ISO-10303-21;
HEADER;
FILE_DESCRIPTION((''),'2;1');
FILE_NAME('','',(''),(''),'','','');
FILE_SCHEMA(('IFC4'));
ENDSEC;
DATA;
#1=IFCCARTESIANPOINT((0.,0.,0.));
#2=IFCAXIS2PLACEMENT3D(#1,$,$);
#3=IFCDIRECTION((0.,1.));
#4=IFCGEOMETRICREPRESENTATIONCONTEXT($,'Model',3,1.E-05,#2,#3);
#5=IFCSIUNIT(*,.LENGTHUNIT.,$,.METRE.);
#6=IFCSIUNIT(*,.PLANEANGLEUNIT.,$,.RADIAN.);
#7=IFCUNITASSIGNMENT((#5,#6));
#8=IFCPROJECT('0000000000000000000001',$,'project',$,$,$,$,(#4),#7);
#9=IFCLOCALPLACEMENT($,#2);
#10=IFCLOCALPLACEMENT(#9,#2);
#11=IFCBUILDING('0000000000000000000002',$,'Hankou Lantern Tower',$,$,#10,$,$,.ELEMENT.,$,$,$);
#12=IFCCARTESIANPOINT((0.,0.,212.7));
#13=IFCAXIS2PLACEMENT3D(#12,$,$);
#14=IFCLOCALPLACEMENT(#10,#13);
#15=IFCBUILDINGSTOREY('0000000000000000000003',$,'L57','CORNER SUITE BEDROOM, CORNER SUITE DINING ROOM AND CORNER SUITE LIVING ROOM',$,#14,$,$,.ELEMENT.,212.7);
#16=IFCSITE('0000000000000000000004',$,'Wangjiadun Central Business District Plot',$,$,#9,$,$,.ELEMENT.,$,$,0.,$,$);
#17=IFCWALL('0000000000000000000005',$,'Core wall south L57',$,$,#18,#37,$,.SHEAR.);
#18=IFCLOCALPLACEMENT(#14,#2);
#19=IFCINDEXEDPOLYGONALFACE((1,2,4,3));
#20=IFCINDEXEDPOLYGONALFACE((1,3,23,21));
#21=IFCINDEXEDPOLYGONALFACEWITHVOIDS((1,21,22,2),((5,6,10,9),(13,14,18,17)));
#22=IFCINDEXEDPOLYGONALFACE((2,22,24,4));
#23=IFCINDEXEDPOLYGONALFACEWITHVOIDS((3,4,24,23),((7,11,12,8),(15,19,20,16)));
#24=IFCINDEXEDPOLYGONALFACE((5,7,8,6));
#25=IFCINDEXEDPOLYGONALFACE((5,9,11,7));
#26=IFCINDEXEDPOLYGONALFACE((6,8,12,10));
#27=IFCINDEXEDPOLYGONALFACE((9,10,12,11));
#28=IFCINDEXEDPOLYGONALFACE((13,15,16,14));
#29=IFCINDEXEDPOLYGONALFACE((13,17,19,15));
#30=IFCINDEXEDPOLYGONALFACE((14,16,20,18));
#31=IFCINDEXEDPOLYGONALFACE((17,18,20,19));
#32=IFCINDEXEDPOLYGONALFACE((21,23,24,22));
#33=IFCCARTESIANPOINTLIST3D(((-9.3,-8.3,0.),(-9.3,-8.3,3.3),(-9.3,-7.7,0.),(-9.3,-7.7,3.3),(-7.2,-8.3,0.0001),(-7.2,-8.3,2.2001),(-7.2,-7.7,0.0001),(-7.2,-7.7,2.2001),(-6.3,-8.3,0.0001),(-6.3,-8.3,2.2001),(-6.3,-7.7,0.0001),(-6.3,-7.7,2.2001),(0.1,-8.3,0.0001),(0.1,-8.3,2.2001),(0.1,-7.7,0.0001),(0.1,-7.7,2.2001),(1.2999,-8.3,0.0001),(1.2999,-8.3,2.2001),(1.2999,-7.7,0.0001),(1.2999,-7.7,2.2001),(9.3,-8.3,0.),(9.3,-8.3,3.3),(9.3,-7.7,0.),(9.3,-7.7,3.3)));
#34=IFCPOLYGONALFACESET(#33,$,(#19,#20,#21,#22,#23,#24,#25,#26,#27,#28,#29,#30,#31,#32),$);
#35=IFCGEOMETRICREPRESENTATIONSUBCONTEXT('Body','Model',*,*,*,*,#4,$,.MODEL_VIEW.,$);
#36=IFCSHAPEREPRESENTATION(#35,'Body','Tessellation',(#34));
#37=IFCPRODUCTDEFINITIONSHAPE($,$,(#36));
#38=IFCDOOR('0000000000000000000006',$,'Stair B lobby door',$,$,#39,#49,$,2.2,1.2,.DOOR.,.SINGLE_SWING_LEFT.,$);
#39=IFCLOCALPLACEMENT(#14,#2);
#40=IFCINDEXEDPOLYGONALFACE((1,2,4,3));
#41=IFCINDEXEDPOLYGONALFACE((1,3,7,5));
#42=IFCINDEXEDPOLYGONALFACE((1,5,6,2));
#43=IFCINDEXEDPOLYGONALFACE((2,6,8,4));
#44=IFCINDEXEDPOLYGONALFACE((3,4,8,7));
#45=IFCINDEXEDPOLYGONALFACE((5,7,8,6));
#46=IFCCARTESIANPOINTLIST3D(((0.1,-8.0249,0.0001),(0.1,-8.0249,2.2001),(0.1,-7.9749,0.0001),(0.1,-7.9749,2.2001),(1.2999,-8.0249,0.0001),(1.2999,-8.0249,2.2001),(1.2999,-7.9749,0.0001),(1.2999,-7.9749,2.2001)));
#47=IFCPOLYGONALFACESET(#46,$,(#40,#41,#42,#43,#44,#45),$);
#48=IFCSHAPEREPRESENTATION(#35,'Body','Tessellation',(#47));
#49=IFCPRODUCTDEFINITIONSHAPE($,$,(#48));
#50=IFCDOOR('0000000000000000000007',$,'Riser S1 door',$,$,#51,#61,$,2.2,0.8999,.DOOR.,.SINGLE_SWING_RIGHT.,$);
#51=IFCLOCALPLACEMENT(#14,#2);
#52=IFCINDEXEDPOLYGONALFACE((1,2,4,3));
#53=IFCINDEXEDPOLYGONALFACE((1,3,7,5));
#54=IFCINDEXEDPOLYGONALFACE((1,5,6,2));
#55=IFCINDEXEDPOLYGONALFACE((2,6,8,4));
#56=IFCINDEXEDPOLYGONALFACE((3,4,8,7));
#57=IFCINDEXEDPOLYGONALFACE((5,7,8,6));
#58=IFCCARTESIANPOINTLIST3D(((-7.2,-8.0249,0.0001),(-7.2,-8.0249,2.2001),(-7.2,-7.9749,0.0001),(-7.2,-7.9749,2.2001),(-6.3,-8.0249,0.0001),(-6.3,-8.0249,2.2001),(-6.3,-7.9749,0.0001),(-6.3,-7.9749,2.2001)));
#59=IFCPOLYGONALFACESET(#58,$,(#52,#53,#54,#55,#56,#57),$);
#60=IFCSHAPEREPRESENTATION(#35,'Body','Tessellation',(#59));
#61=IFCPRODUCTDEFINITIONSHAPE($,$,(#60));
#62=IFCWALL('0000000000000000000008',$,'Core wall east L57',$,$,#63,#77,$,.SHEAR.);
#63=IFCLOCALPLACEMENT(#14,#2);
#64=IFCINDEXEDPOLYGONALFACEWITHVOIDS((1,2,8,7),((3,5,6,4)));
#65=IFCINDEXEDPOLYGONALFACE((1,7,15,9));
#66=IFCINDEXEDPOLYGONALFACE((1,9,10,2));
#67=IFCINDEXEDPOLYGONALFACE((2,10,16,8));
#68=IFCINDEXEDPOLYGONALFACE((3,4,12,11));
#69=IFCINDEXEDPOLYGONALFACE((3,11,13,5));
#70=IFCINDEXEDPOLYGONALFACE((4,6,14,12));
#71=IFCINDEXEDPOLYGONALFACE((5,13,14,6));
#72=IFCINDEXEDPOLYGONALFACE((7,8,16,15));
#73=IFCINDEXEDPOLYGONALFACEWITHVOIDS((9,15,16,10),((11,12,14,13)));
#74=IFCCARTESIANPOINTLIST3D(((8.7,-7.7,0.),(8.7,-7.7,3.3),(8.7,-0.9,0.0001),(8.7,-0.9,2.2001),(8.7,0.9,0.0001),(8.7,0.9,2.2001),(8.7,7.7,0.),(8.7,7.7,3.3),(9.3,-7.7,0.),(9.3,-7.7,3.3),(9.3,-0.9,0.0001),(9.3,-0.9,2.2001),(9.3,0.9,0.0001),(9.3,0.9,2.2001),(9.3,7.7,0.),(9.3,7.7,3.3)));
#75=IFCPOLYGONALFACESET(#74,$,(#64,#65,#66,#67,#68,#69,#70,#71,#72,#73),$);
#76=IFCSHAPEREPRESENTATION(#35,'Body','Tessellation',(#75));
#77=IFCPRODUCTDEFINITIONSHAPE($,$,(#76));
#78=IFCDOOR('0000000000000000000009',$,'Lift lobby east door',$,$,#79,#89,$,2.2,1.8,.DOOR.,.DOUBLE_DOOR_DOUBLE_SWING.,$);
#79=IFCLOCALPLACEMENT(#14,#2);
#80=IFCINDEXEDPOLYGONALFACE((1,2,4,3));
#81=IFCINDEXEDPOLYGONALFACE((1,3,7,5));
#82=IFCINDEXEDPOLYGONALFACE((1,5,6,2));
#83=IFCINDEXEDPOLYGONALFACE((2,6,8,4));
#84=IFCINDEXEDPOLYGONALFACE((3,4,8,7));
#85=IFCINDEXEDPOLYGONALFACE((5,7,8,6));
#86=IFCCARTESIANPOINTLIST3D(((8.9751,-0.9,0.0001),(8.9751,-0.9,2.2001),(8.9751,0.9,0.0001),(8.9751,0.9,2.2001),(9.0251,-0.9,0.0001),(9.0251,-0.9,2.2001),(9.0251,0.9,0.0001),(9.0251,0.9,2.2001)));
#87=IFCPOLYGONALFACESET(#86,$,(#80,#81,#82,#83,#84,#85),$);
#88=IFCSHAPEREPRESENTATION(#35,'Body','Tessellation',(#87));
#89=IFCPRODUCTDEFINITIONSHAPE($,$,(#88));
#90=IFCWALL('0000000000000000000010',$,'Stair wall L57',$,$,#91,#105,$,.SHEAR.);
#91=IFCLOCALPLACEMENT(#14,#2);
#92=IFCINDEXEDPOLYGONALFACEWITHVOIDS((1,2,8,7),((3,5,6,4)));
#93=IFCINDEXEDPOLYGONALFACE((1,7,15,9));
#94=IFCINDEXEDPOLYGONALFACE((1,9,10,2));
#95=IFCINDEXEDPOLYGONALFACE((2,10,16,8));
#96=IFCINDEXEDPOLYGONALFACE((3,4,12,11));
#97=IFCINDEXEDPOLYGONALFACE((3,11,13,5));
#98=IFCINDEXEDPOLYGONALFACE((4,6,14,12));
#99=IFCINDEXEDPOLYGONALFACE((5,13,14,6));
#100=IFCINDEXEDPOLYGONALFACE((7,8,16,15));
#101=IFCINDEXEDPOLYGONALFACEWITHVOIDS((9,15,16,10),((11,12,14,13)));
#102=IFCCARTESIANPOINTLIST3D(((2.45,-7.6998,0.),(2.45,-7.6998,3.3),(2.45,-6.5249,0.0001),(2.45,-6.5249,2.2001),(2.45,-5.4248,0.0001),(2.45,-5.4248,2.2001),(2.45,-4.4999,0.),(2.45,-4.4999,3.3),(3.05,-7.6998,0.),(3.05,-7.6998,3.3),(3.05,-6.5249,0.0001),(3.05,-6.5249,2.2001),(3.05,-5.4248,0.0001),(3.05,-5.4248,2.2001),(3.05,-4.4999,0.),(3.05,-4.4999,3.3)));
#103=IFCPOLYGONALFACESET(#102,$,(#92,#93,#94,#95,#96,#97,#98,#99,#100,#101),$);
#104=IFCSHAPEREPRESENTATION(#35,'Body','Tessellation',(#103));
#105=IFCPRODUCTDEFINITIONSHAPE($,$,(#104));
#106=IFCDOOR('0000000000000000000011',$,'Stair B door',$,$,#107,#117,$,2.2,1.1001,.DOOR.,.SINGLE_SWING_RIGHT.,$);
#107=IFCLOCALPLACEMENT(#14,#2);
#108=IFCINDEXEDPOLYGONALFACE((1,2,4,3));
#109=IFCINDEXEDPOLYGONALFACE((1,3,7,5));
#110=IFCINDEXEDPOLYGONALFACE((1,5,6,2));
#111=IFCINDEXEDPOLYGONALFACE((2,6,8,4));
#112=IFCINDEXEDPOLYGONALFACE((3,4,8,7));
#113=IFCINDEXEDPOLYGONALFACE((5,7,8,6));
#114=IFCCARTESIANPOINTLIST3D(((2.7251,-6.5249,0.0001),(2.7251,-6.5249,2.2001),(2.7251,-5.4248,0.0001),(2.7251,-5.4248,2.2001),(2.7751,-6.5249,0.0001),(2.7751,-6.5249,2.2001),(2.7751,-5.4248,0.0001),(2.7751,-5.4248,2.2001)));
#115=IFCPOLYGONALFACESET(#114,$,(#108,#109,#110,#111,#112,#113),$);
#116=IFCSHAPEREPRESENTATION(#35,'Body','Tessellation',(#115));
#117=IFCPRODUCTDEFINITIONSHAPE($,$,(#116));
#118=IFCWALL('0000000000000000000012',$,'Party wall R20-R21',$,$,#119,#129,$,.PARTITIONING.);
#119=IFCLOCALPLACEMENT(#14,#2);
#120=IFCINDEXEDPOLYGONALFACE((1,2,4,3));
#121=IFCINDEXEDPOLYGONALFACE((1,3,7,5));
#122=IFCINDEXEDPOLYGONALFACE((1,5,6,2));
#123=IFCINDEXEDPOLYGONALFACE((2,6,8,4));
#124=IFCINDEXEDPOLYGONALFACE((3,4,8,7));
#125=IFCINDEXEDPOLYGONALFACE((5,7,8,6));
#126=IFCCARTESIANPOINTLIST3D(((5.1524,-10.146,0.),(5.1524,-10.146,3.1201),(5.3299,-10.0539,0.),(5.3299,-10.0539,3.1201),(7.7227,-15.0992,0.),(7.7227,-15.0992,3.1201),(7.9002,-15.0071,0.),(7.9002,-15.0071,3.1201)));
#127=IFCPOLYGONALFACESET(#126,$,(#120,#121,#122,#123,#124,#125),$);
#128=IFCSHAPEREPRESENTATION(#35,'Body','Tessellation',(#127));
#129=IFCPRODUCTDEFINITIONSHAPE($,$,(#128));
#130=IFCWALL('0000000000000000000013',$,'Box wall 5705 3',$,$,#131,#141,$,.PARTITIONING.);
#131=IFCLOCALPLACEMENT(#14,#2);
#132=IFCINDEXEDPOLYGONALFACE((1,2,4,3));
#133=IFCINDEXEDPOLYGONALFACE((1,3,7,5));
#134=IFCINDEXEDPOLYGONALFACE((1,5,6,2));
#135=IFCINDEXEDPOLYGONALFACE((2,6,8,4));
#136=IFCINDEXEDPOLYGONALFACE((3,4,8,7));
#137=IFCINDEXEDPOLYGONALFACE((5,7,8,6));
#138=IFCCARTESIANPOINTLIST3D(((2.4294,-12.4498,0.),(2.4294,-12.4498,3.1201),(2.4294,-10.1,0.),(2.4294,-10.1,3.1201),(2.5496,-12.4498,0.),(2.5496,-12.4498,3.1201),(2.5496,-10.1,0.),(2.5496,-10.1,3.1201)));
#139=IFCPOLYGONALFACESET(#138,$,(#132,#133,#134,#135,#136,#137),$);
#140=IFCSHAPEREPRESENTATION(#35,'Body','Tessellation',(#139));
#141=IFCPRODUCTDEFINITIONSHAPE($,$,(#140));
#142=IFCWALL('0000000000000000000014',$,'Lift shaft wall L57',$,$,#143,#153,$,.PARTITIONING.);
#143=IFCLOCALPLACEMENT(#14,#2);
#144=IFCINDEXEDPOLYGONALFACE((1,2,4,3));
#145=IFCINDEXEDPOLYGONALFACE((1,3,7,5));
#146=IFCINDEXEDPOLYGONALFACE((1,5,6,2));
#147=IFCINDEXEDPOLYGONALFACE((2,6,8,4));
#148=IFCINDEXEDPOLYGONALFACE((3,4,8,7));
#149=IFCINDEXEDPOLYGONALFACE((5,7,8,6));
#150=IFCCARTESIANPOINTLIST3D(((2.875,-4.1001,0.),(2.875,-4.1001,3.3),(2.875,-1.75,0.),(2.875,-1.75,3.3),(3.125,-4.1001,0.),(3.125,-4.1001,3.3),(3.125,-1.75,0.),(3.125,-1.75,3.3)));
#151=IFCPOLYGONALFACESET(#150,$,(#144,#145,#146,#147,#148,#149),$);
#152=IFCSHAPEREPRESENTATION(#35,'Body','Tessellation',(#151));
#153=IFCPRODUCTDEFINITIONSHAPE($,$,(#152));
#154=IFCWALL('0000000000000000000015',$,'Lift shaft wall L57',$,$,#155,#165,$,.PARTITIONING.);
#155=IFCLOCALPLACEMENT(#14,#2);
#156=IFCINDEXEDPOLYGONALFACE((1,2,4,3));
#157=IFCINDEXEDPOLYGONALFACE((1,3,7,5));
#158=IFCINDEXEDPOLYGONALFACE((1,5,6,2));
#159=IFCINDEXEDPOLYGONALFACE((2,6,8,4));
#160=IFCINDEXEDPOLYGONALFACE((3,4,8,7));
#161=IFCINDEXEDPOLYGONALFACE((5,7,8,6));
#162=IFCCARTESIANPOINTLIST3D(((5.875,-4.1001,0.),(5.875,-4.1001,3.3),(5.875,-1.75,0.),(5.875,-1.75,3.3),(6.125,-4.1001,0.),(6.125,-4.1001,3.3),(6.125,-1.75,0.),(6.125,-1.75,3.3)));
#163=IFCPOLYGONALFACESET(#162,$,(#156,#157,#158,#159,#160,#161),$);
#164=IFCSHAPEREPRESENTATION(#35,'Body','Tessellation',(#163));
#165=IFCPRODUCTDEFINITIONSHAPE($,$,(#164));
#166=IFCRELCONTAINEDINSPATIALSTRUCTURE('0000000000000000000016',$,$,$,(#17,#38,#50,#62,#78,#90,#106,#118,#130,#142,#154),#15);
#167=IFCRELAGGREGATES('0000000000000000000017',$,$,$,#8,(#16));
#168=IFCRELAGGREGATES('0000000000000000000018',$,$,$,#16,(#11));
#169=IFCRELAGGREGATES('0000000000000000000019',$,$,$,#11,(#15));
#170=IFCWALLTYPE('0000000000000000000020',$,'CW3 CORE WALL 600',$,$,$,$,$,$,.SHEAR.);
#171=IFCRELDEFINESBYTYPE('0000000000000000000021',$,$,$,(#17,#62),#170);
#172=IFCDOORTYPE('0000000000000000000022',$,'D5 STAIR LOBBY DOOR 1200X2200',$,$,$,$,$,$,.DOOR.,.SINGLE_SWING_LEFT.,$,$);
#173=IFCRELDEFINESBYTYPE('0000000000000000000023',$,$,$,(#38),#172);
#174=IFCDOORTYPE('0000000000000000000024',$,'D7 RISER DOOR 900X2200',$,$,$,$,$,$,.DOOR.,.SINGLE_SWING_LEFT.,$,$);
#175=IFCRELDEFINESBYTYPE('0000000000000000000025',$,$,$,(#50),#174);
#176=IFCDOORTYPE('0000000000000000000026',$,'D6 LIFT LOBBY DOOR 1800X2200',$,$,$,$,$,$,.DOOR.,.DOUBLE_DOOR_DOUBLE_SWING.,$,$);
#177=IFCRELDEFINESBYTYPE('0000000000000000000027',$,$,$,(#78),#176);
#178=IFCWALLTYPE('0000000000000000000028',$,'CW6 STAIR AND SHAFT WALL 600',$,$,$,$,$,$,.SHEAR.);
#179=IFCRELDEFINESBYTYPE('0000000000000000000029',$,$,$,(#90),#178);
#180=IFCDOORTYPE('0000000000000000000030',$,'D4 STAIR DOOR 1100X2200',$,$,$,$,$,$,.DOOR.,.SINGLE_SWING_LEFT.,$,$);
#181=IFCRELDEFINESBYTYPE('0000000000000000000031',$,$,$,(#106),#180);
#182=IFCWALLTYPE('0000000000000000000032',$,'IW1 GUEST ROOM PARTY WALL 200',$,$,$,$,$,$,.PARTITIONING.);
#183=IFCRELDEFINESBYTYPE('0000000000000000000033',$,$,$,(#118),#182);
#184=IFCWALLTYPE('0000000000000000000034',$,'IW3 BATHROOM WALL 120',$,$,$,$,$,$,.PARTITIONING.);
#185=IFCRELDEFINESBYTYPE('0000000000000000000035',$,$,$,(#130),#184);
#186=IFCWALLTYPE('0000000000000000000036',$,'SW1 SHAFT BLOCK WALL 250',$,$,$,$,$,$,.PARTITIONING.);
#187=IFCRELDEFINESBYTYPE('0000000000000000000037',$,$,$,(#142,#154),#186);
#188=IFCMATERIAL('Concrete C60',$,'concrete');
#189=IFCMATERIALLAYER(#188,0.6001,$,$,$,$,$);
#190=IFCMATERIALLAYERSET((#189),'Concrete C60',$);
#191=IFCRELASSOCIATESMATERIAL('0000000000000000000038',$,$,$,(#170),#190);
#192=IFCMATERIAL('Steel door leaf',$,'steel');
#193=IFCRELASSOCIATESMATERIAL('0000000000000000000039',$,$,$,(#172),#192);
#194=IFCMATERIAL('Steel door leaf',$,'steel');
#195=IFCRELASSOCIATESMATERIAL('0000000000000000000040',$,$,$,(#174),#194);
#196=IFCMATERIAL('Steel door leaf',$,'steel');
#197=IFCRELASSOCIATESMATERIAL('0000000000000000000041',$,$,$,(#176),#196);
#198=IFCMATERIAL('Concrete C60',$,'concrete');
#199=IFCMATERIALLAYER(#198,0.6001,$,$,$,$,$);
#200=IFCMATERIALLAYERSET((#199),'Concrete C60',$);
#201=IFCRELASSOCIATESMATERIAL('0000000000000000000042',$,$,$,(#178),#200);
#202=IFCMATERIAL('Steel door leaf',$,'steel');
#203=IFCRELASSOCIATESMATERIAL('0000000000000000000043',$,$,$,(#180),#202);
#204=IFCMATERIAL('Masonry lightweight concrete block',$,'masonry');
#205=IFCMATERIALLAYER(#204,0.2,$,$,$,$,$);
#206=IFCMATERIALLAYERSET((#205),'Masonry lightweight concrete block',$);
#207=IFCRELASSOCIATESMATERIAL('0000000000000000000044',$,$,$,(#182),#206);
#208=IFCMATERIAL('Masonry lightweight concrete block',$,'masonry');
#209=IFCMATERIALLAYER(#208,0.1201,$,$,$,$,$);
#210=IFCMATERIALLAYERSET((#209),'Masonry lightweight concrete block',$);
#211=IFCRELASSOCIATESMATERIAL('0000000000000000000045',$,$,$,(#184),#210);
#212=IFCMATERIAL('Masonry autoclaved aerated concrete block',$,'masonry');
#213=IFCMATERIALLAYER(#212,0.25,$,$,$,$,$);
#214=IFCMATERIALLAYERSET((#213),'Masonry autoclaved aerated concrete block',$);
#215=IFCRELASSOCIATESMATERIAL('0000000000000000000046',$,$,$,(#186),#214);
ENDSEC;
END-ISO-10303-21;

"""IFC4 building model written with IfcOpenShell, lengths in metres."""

from ifc_helpers import new_model, si_unit, direction, frame, frame_2d, origin, place, context, subcontext, project, spatial, rectangle, extrude, material, layer, layer_set, type_object, element, fill, save


model = new_model("IFC4")

# Units and contexts
model_context = context("Model", 3, precision=1e-05, world=origin(), true_north=direction((0.0, 1.0)))
body_context = subcontext(model_context, "Body", "Model", "MODEL_VIEW")
ifc_project = project(units=[si_unit("LENGTHUNIT", "METRE"), si_unit("PLANEANGLEUNIT", "RADIAN")], contexts=[model_context])

# Site, building, storey
site_placement = place(None, origin())
site = spatial("IfcSite", under=ifc_project, at=site_placement, Name="Wangjiadun Central Business District Plot", CompositionType="ELEMENT", RefElevation=0.0)
building_placement = place(site_placement, origin())
building = spatial("IfcBuilding", under=site, at=building_placement, Name="Hankou Lantern Tower", CompositionType="ELEMENT")
storey_placement = place(building_placement, frame((0.0, 0.0, 212.7)))
storey = spatial("IfcBuildingStorey", under=building, at=storey_placement, Name="L57", Description="CORNER SUITE BEDROOM, CORNER SUITE DINING ROOM AND CORNER SUITE LIVING ROOM", CompositionType="ELEMENT", Elevation=212.7)

# Wall, openings, doors
ifc_material_1 = material(Name="Concrete C60", Category="concrete")
ifc_layer_1 = layer(ifc_material_1, 0.6001)
ifc_layer_set_1 = layer_set([ifc_layer_1], Name="Concrete C60")
wall_type_1 = type_object("IfcWallType", Name="CW3 CORE WALL 600", PredefinedType="SHEAR", material=ifc_layer_set_1)
wall_1_placement = place(storey_placement, frame((9.3, -8.0, 0.0), z_axis=(0.0, 0.0, 1.0), x_axis=(-1.0, 0.0, 0.0)))
wall_1 = element("IfcWall", 1, at=wall_1_placement, inside=storey, type_object=wall_type_1, Name="Core wall south L57", PredefinedType="SHEAR", context=body_context, shape_type="SweptSolid", body=[
    extrude(rectangle(XDim=18.6001, YDim=0.6001, at=frame_2d((9.3, 0.0))), origin(), (0.0, 0.0, 1.0), 3.3),
])
opening_1_placement = place(wall_1_placement, frame((8.0, 0.0, 0.0)))
opening_1 = element("IfcOpeningElement", 2, at=opening_1_placement, cuts=wall_1, PredefinedType="OPENING", context=body_context, shape_type="SweptSolid", body=[
    extrude(rectangle(XDim=1.2, YDim=2.2, at=frame_2d((0.6001, 1.1001))), frame((0.0, 0.3101, 0.0), z_axis=(0.0, -1.0, 0.0), x_axis=(1.0, 0.0, 0.0)), (0.0, 0.0, 1.0), 0.6201),
])
opening_2_placement = place(wall_1_placement, frame((15.6001, 0.0, 0.0)))
opening_2 = element("IfcOpeningElement", 3, at=opening_2_placement, cuts=wall_1, PredefinedType="OPENING", context=body_context, shape_type="SweptSolid", body=[
    extrude(rectangle(XDim=0.8999, YDim=2.2, at=frame_2d((0.45, 1.1001))), frame((0.0, 0.3101, 0.0), z_axis=(0.0, -1.0, 0.0), x_axis=(1.0, 0.0, 0.0)), (0.0, 0.0, 1.0), 0.6201),
])
ifc_material_2 = material(Name="Steel door leaf", Category="steel")
door_type_1 = type_object("IfcDoorType", Name="D5 STAIR LOBBY DOOR 1200X2200", OperationType="SINGLE_SWING_LEFT", PredefinedType="DOOR", material=ifc_material_2)
door_1_placement = place(opening_1_placement, origin())
door_1 = element("IfcDoor", 4, at=door_1_placement, inside=storey, type_object=door_type_1, Name="Stair B lobby door", OperationType="SINGLE_SWING_LEFT", OverallHeight=2.2, OverallWidth=1.2, PredefinedType="DOOR", context=body_context, shape_type="SweptSolid", body=[
    extrude(rectangle(XDim=1.2, YDim=2.2, at=frame_2d((0.6001, 1.1001))), frame((0.0, 0.0249, 0.0), z_axis=(0.0, -1.0, 0.0), x_axis=(1.0, 0.0, 0.0)), (0.0, 0.0, 1.0), 0.05),
])
fill(opening_1, door_1)
ifc_material_3 = material(Name="Steel door leaf", Category="steel")
door_type_2 = type_object("IfcDoorType", Name="D7 RISER DOOR 900X2200", OperationType="SINGLE_SWING_LEFT", PredefinedType="DOOR", material=ifc_material_3)
door_2_placement = place(opening_2_placement, origin())
door_2 = element("IfcDoor", 5, at=door_2_placement, inside=storey, type_object=door_type_2, Name="Riser S1 door", OperationType="SINGLE_SWING_RIGHT", OverallHeight=2.2, OverallWidth=0.8999, PredefinedType="DOOR", context=body_context, shape_type="SweptSolid", body=[
    extrude(rectangle(XDim=0.8999, YDim=2.2, at=frame_2d((0.45, 1.1001))), frame((0.0, 0.0249, 0.0), z_axis=(0.0, -1.0, 0.0), x_axis=(1.0, 0.0, 0.0)), (0.0, 0.0, 1.0), 0.05),
])
fill(opening_2, door_2)

# Walls, openings, doors
wall_2_placement = place(storey_placement, frame((9.0, -7.7, 0.0), z_axis=(0.0, 0.0, 1.0), x_axis=(0.0, 1.0, 0.0)))
wall_2 = element("IfcWall", 6, at=wall_2_placement, inside=storey, type_object=wall_type_1, Name="Core wall east L57", PredefinedType="SHEAR", context=body_context, shape_type="SweptSolid", body=[
    extrude(rectangle(XDim=15.3999, YDim=0.6001, at=frame_2d((7.7, 0.0))), origin(), (0.0, 0.0, 1.0), 3.3),
])
opening_3_placement = place(wall_2_placement, frame((6.8, 0.0, 0.0)))
opening_3 = element("IfcOpeningElement", 7, at=opening_3_placement, cuts=wall_2, PredefinedType="OPENING", context=body_context, shape_type="SweptSolid", body=[
    extrude(rectangle(XDim=1.8, YDim=2.2, at=frame_2d((0.8999, 1.1001))), frame((0.0, 0.3101, 0.0), z_axis=(0.0, -1.0, 0.0), x_axis=(1.0, 0.0, 0.0)), (0.0, 0.0, 1.0), 0.6201),
])
ifc_material_4 = material(Name="Steel door leaf", Category="steel")
door_type_3 = type_object("IfcDoorType", Name="D6 LIFT LOBBY DOOR 1800X2200", OperationType="DOUBLE_DOOR_DOUBLE_SWING", PredefinedType="DOOR", material=ifc_material_4)
door_3_placement = place(opening_3_placement, origin())
door_3 = element("IfcDoor", 8, at=door_3_placement, inside=storey, type_object=door_type_3, Name="Lift lobby east door", OperationType="DOUBLE_DOOR_DOUBLE_SWING", OverallHeight=2.2, OverallWidth=1.8, PredefinedType="DOOR", context=body_context, shape_type="SweptSolid", body=[
    extrude(rectangle(XDim=1.8, YDim=2.2, at=frame_2d((0.8999, 1.1001))), frame((0.0, 0.0249, 0.0), z_axis=(0.0, -1.0, 0.0), x_axis=(1.0, 0.0, 0.0)), (0.0, 0.0, 1.0), 0.05),
])
fill(opening_3, door_3)
ifc_material_5 = material(Name="Concrete C60", Category="concrete")
ifc_layer_2 = layer(ifc_material_5, 0.6001)
ifc_layer_set_2 = layer_set([ifc_layer_2], Name="Concrete C60")
wall_type_2 = type_object("IfcWallType", Name="CW6 STAIR AND SHAFT WALL 600", PredefinedType="SHEAR", material=ifc_layer_set_2)
wall_3_placement = place(storey_placement, frame((2.75, -7.7, 0.0), z_axis=(0.0, 0.0, 1.0), x_axis=(0.0, 1.0, 0.0)))
wall_3 = element("IfcWall", 9, at=wall_3_placement, inside=storey, type_object=wall_type_2, Name="Stair wall L57", PredefinedType="SHEAR", context=body_context, shape_type="SweptSolid", body=[
    extrude(rectangle(XDim=3.2, YDim=0.6001, at=frame_2d((1.6001, 0.0))), origin(), (0.0, 0.0, 1.0), 3.3),
])
opening_4_placement = place(wall_3_placement, frame((1.175, 0.0, 0.0)))
opening_4 = element("IfcOpeningElement", 10, at=opening_4_placement, cuts=wall_3, PredefinedType="OPENING", context=body_context, shape_type="SweptSolid", body=[
    extrude(rectangle(XDim=1.1001, YDim=2.2, at=frame_2d((0.55, 1.1001))), frame((0.0, 0.3101, 0.0), z_axis=(0.0, -1.0, 0.0), x_axis=(1.0, 0.0, 0.0)), (0.0, 0.0, 1.0), 0.6201),
])
ifc_material_6 = material(Name="Steel door leaf", Category="steel")
door_type_4 = type_object("IfcDoorType", Name="D4 STAIR DOOR 1100X2200", OperationType="SINGLE_SWING_LEFT", PredefinedType="DOOR", material=ifc_material_6)
door_4_placement = place(opening_4_placement, origin())
door_4 = element("IfcDoor", 11, at=door_4_placement, inside=storey, type_object=door_type_4, Name="Stair B door", OperationType="SINGLE_SWING_RIGHT", OverallHeight=2.2, OverallWidth=1.1001, PredefinedType="DOOR", context=body_context, shape_type="SweptSolid", body=[
    extrude(rectangle(XDim=1.1001, YDim=2.2, at=frame_2d((0.55, 1.1001))), frame((0.0, 0.0249, 0.0), z_axis=(0.0, -1.0, 0.0), x_axis=(1.0, 0.0, 0.0)), (0.0, 0.0, 1.0), 0.05),
])
fill(opening_4, door_4)

# Walls
ifc_material_7 = material(Name="Masonry lightweight concrete block", Category="masonry")
ifc_layer_3 = layer(ifc_material_7, 0.2)
ifc_layer_set_3 = layer_set([ifc_layer_3], Name="Masonry lightweight concrete block")
wall_type_3 = type_object("IfcWallType", Name="IW1 GUEST ROOM PARTY WALL 200", PredefinedType="PARTITIONING", material=ifc_layer_set_3)
wall_4_placement = place(storey_placement, frame((5.2412, -10.1001, 0.0), z_axis=(0.0, 0.0, 1.0), x_axis=(0.460603, -0.887606, 0.0)))
element("IfcWall", 12, at=wall_4_placement, inside=storey, type_object=wall_type_3, Name="Party wall R20-R21", PredefinedType="PARTITIONING", context=body_context, shape_type="SweptSolid", body=[
    extrude(rectangle(XDim=5.5803, YDim=0.2, at=frame_2d((2.79, 0.0))), origin(), (0.0, 0.0, 1.0), 3.1201),
])
ifc_material_8 = material(Name="Masonry lightweight concrete block", Category="masonry")
ifc_layer_4 = layer(ifc_material_8, 0.1201)
ifc_layer_set_4 = layer_set([ifc_layer_4], Name="Masonry lightweight concrete block")
wall_type_4 = type_object("IfcWallType", Name="IW3 BATHROOM WALL 120", PredefinedType="PARTITIONING", material=ifc_layer_set_4)
wall_5_placement = place(storey_placement, frame((2.4895, -10.1001, 0.0), z_axis=(0.0, 0.0, 1.0), x_axis=(0.0, -1.0, 0.0)))
element("IfcWall", 13, at=wall_5_placement, inside=storey, type_object=wall_type_4, Name="Box wall 5705 3", PredefinedType="PARTITIONING", context=body_context, shape_type="SweptSolid", body=[
    extrude(rectangle(XDim=2.3499, YDim=0.1201, at=frame_2d((1.1748, 0.0))), origin(), (0.0, 0.0, 1.0), 3.1201),
])
ifc_material_9 = material(Name="Masonry autoclaved aerated concrete block", Category="masonry")
ifc_layer_5 = layer(ifc_material_9, 0.25)
ifc_layer_set_5 = layer_set([ifc_layer_5], Name="Masonry autoclaved aerated concrete block")
wall_type_5 = type_object("IfcWallType", Name="SW1 SHAFT BLOCK WALL 250", PredefinedType="PARTITIONING", material=ifc_layer_set_5)
for number, where, z_axis, x_axis, name in (
    (14, (3.0, -4.1001, 0.0), (0.0, 0.0, 1.0), (0.0, 1.0, 0.0), "Lift shaft wall L57"),
    (15, (6.0, -4.1001, 0.0), (0.0, 0.0, 1.0), (0.0, 1.0, 0.0), "Lift shaft wall L57"),
):
    element("IfcWall", number, at=place(storey_placement, frame(where, z_axis=z_axis, x_axis=x_axis)), inside=storey, type_object=wall_type_5, Name=name, PredefinedType="PARTITIONING", context=body_context, shape_type="SweptSolid", body=[
        extrude(rectangle(XDim=2.3501, YDim=0.25, at=frame_2d((1.175, 0.0))), origin(), (0.0, 0.0, 1.0), 3.3),
    ])

save(model, "model.ifc")
